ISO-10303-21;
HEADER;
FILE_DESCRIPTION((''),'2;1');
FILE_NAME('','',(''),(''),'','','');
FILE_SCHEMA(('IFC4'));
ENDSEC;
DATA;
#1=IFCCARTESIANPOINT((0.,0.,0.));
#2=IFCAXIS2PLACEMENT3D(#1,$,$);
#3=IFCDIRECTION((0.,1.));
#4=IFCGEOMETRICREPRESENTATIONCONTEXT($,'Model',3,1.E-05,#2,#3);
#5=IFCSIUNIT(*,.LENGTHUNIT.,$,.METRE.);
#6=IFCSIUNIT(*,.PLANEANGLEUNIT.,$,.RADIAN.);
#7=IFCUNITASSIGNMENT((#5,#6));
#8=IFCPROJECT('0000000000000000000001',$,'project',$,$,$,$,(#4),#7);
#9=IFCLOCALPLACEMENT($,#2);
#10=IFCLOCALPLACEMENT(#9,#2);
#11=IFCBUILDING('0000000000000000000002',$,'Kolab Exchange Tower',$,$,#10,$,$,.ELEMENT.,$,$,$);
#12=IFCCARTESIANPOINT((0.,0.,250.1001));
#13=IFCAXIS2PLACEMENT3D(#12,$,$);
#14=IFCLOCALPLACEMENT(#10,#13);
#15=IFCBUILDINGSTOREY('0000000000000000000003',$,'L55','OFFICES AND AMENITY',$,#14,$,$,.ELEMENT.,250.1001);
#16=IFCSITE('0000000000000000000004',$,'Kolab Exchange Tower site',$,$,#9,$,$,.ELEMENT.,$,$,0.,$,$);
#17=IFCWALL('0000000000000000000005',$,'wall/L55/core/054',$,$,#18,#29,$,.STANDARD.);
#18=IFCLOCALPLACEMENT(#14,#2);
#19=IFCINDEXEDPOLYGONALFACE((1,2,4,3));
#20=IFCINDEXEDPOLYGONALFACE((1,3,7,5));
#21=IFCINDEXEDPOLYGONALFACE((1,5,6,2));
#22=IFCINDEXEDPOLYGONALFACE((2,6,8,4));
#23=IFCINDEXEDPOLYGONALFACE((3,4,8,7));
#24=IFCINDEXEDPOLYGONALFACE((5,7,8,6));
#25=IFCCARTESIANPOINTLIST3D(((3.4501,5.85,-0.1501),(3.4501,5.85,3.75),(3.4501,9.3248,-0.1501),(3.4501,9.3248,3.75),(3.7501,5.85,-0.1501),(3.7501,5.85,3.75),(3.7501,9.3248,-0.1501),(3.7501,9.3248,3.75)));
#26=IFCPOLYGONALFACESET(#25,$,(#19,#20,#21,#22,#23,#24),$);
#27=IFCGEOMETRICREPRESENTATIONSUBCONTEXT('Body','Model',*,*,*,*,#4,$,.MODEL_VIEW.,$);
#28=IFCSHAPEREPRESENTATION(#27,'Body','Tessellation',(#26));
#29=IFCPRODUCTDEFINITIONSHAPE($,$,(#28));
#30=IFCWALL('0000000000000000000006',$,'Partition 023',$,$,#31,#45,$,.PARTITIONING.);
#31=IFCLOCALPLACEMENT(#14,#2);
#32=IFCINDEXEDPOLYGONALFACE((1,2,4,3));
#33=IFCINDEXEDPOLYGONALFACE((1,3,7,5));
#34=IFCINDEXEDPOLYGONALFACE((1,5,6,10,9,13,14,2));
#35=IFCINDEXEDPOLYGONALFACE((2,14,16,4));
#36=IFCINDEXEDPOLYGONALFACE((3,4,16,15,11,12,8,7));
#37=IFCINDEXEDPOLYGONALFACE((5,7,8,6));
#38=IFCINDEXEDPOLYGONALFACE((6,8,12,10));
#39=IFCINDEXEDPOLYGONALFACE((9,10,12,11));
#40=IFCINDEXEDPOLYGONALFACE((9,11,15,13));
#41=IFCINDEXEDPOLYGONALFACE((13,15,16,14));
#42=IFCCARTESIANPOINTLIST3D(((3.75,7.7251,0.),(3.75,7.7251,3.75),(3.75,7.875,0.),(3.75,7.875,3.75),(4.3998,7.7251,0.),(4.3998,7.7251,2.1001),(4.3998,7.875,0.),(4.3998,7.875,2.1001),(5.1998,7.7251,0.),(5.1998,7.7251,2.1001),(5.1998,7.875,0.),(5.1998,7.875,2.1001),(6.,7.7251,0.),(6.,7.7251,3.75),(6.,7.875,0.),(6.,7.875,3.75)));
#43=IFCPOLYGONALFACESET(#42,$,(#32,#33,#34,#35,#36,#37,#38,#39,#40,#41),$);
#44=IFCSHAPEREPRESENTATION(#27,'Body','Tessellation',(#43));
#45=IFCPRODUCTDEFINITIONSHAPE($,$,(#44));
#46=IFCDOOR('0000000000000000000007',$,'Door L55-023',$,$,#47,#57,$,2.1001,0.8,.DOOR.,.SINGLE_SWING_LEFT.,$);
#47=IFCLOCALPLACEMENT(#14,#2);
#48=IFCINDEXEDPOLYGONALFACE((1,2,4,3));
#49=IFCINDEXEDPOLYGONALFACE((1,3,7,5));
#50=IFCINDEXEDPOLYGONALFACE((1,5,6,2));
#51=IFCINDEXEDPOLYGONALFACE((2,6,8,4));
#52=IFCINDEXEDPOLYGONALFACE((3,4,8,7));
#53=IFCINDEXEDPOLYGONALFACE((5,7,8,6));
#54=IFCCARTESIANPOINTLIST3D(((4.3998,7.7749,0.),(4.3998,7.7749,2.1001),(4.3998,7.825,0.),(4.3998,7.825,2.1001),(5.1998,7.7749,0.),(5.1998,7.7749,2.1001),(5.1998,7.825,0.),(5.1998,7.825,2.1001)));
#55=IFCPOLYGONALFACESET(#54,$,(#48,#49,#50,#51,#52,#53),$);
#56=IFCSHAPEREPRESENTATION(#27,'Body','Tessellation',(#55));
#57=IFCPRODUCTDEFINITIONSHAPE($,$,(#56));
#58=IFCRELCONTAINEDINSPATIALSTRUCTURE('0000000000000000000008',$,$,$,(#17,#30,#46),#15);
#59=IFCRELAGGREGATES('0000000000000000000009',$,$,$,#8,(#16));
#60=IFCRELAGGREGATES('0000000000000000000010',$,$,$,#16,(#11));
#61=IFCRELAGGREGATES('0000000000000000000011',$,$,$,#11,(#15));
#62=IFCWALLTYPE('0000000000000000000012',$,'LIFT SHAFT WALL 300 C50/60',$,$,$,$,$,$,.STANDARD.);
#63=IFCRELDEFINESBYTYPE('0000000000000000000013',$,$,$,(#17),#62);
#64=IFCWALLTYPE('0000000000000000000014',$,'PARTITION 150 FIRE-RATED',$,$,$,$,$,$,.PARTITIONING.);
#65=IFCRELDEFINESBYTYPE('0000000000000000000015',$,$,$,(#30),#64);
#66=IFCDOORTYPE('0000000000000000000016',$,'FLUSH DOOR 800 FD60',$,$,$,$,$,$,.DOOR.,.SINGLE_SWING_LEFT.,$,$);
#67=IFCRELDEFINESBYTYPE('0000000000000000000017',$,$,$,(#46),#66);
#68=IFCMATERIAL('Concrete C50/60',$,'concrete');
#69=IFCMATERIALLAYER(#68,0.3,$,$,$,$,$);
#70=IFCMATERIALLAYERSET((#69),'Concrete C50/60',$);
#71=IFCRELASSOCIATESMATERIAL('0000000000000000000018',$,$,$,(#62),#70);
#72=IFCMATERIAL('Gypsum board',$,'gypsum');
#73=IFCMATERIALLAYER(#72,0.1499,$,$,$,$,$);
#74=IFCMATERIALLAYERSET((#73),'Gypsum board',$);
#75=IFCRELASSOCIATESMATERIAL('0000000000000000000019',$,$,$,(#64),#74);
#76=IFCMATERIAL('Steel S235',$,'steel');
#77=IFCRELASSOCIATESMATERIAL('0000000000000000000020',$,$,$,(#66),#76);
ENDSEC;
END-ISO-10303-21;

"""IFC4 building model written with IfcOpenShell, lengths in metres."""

from ifc_helpers import new_model, si_unit, direction, frame, frame_2d, origin, place, context, subcontext, project, spatial, rectangle, extrude, material, layer, layer_set, type_object, element, fill, save


model = new_model("IFC4")

# Units and contexts
model_context = context("Model", 3, precision=1e-05, world=origin(), true_north=direction((0.0, 1.0)))
body_context = subcontext(model_context, "Body", "Model", "MODEL_VIEW")
ifc_project = project(units=[si_unit("LENGTHUNIT", "METRE"), si_unit("PLANEANGLEUNIT", "RADIAN")], contexts=[model_context])

# Site, building, storey
site_placement = place(None, origin())
site = spatial("IfcSite", under=ifc_project, at=site_placement, Name="Kolab Exchange Tower site", CompositionType="ELEMENT", RefElevation=0.0)
building_placement = place(site_placement, origin())
building = spatial("IfcBuilding", under=site, at=building_placement, Name="Kolab Exchange Tower", CompositionType="ELEMENT")
storey_placement = place(building_placement, frame((0.0, 0.0, 250.1001)))
storey = spatial("IfcBuildingStorey", under=building, at=storey_placement, Name="L55", Description="OFFICES AND AMENITY", CompositionType="ELEMENT", Elevation=250.1001)

# Shared definitions
ifc_material_1 = material(Name="Concrete C50/60", Category="concrete")

# Shared definitions
ifc_layer_1 = layer(ifc_material_1, 0.3)
ifc_layer_set_1 = layer_set([ifc_layer_1], Name="Concrete C50/60")
wall_type_1 = type_object("IfcWallType", Name="LIFT SHAFT WALL 300 C50/60", PredefinedType="STANDARD", material=ifc_layer_set_1)

# Wall
for number, where, z_axis, x_axis, name in (
    (1, (3.6001, 5.8501, -0.1501), (0.0, 0.0, 1.0), (0.0, 1.0, 0.0), "wall/L55/core/054"),
):
    element("IfcWall", number, at=place(storey_placement, frame(where, z_axis=z_axis, x_axis=x_axis)), inside=storey, type_object=wall_type_1, Name=name, PredefinedType="STANDARD", context=body_context, shape_type="SweptSolid", body=[
        extrude(rectangle(XDim=3.4749, YDim=0.3, at=frame_2d((1.7373, 0.0))), origin(), (0.0, 0.0, 1.0), 3.9001),
    ])

# Wall, opening, door
ifc_material_2 = material(Name="Gypsum board", Category="gypsum")
ifc_layer_2 = layer(ifc_material_2, 0.1499)
ifc_layer_set_2 = layer_set([ifc_layer_2], Name="Gypsum board")
wall_type_2 = type_object("IfcWallType", Name="PARTITION 150 FIRE-RATED", PredefinedType="PARTITIONING", material=ifc_layer_set_2)
wall_1_placement = place(storey_placement, frame((3.75, 7.8, 0.0), z_axis=(0.0, 0.0, 1.0), x_axis=(1.0, 0.0, 0.0)))
wall_1 = element("IfcWall", 2, at=wall_1_placement, inside=storey, type_object=wall_type_2, Name="Partition 023", PredefinedType="PARTITIONING", context=body_context, shape_type="SweptSolid", body=[
    extrude(rectangle(XDim=2.25, YDim=0.1499, at=frame_2d((1.125, 0.0))), origin(), (0.0, 0.0, 1.0), 3.75),
])
opening_1_placement = place(wall_1_placement, frame((0.6499, 0.0, 0.0)))
opening_1 = element("IfcOpeningElement", 3, at=opening_1_placement, cuts=wall_1, PredefinedType="OPENING", context=body_context, shape_type="SweptSolid", body=[
    extrude(rectangle(XDim=0.8, YDim=2.1001, at=frame_2d((0.3999, 1.05))), frame((0.0, 0.085, 0.0), z_axis=(0.0, -1.0, 0.0), x_axis=(1.0, 0.0, 0.0)), (0.0, 0.0, 1.0), 0.1699),
])
ifc_material_3 = material(Name="Steel S235", Category="steel")
door_type_1 = type_object("IfcDoorType", Name="FLUSH DOOR 800 FD60", OperationType="SINGLE_SWING_LEFT", PredefinedType="DOOR", material=ifc_material_3)
door_1_placement = place(opening_1_placement, origin())
door_1 = element("IfcDoor", 4, at=door_1_placement, inside=storey, type_object=door_type_1, Name="Door L55-023", OperationType="SINGLE_SWING_LEFT", OverallHeight=2.1001, OverallWidth=0.8, PredefinedType="DOOR", context=body_context, shape_type="SweptSolid", body=[
    extrude(rectangle(XDim=0.8, YDim=2.1001, at=frame_2d((0.3999, 1.05))), frame((0.0, 0.0249, 0.0), z_axis=(0.0, -1.0, 0.0), x_axis=(1.0, 0.0, 0.0)), (0.0, 0.0, 1.0), 0.05),
])
fill(opening_1, door_1)

save(model, "model.ifc")
